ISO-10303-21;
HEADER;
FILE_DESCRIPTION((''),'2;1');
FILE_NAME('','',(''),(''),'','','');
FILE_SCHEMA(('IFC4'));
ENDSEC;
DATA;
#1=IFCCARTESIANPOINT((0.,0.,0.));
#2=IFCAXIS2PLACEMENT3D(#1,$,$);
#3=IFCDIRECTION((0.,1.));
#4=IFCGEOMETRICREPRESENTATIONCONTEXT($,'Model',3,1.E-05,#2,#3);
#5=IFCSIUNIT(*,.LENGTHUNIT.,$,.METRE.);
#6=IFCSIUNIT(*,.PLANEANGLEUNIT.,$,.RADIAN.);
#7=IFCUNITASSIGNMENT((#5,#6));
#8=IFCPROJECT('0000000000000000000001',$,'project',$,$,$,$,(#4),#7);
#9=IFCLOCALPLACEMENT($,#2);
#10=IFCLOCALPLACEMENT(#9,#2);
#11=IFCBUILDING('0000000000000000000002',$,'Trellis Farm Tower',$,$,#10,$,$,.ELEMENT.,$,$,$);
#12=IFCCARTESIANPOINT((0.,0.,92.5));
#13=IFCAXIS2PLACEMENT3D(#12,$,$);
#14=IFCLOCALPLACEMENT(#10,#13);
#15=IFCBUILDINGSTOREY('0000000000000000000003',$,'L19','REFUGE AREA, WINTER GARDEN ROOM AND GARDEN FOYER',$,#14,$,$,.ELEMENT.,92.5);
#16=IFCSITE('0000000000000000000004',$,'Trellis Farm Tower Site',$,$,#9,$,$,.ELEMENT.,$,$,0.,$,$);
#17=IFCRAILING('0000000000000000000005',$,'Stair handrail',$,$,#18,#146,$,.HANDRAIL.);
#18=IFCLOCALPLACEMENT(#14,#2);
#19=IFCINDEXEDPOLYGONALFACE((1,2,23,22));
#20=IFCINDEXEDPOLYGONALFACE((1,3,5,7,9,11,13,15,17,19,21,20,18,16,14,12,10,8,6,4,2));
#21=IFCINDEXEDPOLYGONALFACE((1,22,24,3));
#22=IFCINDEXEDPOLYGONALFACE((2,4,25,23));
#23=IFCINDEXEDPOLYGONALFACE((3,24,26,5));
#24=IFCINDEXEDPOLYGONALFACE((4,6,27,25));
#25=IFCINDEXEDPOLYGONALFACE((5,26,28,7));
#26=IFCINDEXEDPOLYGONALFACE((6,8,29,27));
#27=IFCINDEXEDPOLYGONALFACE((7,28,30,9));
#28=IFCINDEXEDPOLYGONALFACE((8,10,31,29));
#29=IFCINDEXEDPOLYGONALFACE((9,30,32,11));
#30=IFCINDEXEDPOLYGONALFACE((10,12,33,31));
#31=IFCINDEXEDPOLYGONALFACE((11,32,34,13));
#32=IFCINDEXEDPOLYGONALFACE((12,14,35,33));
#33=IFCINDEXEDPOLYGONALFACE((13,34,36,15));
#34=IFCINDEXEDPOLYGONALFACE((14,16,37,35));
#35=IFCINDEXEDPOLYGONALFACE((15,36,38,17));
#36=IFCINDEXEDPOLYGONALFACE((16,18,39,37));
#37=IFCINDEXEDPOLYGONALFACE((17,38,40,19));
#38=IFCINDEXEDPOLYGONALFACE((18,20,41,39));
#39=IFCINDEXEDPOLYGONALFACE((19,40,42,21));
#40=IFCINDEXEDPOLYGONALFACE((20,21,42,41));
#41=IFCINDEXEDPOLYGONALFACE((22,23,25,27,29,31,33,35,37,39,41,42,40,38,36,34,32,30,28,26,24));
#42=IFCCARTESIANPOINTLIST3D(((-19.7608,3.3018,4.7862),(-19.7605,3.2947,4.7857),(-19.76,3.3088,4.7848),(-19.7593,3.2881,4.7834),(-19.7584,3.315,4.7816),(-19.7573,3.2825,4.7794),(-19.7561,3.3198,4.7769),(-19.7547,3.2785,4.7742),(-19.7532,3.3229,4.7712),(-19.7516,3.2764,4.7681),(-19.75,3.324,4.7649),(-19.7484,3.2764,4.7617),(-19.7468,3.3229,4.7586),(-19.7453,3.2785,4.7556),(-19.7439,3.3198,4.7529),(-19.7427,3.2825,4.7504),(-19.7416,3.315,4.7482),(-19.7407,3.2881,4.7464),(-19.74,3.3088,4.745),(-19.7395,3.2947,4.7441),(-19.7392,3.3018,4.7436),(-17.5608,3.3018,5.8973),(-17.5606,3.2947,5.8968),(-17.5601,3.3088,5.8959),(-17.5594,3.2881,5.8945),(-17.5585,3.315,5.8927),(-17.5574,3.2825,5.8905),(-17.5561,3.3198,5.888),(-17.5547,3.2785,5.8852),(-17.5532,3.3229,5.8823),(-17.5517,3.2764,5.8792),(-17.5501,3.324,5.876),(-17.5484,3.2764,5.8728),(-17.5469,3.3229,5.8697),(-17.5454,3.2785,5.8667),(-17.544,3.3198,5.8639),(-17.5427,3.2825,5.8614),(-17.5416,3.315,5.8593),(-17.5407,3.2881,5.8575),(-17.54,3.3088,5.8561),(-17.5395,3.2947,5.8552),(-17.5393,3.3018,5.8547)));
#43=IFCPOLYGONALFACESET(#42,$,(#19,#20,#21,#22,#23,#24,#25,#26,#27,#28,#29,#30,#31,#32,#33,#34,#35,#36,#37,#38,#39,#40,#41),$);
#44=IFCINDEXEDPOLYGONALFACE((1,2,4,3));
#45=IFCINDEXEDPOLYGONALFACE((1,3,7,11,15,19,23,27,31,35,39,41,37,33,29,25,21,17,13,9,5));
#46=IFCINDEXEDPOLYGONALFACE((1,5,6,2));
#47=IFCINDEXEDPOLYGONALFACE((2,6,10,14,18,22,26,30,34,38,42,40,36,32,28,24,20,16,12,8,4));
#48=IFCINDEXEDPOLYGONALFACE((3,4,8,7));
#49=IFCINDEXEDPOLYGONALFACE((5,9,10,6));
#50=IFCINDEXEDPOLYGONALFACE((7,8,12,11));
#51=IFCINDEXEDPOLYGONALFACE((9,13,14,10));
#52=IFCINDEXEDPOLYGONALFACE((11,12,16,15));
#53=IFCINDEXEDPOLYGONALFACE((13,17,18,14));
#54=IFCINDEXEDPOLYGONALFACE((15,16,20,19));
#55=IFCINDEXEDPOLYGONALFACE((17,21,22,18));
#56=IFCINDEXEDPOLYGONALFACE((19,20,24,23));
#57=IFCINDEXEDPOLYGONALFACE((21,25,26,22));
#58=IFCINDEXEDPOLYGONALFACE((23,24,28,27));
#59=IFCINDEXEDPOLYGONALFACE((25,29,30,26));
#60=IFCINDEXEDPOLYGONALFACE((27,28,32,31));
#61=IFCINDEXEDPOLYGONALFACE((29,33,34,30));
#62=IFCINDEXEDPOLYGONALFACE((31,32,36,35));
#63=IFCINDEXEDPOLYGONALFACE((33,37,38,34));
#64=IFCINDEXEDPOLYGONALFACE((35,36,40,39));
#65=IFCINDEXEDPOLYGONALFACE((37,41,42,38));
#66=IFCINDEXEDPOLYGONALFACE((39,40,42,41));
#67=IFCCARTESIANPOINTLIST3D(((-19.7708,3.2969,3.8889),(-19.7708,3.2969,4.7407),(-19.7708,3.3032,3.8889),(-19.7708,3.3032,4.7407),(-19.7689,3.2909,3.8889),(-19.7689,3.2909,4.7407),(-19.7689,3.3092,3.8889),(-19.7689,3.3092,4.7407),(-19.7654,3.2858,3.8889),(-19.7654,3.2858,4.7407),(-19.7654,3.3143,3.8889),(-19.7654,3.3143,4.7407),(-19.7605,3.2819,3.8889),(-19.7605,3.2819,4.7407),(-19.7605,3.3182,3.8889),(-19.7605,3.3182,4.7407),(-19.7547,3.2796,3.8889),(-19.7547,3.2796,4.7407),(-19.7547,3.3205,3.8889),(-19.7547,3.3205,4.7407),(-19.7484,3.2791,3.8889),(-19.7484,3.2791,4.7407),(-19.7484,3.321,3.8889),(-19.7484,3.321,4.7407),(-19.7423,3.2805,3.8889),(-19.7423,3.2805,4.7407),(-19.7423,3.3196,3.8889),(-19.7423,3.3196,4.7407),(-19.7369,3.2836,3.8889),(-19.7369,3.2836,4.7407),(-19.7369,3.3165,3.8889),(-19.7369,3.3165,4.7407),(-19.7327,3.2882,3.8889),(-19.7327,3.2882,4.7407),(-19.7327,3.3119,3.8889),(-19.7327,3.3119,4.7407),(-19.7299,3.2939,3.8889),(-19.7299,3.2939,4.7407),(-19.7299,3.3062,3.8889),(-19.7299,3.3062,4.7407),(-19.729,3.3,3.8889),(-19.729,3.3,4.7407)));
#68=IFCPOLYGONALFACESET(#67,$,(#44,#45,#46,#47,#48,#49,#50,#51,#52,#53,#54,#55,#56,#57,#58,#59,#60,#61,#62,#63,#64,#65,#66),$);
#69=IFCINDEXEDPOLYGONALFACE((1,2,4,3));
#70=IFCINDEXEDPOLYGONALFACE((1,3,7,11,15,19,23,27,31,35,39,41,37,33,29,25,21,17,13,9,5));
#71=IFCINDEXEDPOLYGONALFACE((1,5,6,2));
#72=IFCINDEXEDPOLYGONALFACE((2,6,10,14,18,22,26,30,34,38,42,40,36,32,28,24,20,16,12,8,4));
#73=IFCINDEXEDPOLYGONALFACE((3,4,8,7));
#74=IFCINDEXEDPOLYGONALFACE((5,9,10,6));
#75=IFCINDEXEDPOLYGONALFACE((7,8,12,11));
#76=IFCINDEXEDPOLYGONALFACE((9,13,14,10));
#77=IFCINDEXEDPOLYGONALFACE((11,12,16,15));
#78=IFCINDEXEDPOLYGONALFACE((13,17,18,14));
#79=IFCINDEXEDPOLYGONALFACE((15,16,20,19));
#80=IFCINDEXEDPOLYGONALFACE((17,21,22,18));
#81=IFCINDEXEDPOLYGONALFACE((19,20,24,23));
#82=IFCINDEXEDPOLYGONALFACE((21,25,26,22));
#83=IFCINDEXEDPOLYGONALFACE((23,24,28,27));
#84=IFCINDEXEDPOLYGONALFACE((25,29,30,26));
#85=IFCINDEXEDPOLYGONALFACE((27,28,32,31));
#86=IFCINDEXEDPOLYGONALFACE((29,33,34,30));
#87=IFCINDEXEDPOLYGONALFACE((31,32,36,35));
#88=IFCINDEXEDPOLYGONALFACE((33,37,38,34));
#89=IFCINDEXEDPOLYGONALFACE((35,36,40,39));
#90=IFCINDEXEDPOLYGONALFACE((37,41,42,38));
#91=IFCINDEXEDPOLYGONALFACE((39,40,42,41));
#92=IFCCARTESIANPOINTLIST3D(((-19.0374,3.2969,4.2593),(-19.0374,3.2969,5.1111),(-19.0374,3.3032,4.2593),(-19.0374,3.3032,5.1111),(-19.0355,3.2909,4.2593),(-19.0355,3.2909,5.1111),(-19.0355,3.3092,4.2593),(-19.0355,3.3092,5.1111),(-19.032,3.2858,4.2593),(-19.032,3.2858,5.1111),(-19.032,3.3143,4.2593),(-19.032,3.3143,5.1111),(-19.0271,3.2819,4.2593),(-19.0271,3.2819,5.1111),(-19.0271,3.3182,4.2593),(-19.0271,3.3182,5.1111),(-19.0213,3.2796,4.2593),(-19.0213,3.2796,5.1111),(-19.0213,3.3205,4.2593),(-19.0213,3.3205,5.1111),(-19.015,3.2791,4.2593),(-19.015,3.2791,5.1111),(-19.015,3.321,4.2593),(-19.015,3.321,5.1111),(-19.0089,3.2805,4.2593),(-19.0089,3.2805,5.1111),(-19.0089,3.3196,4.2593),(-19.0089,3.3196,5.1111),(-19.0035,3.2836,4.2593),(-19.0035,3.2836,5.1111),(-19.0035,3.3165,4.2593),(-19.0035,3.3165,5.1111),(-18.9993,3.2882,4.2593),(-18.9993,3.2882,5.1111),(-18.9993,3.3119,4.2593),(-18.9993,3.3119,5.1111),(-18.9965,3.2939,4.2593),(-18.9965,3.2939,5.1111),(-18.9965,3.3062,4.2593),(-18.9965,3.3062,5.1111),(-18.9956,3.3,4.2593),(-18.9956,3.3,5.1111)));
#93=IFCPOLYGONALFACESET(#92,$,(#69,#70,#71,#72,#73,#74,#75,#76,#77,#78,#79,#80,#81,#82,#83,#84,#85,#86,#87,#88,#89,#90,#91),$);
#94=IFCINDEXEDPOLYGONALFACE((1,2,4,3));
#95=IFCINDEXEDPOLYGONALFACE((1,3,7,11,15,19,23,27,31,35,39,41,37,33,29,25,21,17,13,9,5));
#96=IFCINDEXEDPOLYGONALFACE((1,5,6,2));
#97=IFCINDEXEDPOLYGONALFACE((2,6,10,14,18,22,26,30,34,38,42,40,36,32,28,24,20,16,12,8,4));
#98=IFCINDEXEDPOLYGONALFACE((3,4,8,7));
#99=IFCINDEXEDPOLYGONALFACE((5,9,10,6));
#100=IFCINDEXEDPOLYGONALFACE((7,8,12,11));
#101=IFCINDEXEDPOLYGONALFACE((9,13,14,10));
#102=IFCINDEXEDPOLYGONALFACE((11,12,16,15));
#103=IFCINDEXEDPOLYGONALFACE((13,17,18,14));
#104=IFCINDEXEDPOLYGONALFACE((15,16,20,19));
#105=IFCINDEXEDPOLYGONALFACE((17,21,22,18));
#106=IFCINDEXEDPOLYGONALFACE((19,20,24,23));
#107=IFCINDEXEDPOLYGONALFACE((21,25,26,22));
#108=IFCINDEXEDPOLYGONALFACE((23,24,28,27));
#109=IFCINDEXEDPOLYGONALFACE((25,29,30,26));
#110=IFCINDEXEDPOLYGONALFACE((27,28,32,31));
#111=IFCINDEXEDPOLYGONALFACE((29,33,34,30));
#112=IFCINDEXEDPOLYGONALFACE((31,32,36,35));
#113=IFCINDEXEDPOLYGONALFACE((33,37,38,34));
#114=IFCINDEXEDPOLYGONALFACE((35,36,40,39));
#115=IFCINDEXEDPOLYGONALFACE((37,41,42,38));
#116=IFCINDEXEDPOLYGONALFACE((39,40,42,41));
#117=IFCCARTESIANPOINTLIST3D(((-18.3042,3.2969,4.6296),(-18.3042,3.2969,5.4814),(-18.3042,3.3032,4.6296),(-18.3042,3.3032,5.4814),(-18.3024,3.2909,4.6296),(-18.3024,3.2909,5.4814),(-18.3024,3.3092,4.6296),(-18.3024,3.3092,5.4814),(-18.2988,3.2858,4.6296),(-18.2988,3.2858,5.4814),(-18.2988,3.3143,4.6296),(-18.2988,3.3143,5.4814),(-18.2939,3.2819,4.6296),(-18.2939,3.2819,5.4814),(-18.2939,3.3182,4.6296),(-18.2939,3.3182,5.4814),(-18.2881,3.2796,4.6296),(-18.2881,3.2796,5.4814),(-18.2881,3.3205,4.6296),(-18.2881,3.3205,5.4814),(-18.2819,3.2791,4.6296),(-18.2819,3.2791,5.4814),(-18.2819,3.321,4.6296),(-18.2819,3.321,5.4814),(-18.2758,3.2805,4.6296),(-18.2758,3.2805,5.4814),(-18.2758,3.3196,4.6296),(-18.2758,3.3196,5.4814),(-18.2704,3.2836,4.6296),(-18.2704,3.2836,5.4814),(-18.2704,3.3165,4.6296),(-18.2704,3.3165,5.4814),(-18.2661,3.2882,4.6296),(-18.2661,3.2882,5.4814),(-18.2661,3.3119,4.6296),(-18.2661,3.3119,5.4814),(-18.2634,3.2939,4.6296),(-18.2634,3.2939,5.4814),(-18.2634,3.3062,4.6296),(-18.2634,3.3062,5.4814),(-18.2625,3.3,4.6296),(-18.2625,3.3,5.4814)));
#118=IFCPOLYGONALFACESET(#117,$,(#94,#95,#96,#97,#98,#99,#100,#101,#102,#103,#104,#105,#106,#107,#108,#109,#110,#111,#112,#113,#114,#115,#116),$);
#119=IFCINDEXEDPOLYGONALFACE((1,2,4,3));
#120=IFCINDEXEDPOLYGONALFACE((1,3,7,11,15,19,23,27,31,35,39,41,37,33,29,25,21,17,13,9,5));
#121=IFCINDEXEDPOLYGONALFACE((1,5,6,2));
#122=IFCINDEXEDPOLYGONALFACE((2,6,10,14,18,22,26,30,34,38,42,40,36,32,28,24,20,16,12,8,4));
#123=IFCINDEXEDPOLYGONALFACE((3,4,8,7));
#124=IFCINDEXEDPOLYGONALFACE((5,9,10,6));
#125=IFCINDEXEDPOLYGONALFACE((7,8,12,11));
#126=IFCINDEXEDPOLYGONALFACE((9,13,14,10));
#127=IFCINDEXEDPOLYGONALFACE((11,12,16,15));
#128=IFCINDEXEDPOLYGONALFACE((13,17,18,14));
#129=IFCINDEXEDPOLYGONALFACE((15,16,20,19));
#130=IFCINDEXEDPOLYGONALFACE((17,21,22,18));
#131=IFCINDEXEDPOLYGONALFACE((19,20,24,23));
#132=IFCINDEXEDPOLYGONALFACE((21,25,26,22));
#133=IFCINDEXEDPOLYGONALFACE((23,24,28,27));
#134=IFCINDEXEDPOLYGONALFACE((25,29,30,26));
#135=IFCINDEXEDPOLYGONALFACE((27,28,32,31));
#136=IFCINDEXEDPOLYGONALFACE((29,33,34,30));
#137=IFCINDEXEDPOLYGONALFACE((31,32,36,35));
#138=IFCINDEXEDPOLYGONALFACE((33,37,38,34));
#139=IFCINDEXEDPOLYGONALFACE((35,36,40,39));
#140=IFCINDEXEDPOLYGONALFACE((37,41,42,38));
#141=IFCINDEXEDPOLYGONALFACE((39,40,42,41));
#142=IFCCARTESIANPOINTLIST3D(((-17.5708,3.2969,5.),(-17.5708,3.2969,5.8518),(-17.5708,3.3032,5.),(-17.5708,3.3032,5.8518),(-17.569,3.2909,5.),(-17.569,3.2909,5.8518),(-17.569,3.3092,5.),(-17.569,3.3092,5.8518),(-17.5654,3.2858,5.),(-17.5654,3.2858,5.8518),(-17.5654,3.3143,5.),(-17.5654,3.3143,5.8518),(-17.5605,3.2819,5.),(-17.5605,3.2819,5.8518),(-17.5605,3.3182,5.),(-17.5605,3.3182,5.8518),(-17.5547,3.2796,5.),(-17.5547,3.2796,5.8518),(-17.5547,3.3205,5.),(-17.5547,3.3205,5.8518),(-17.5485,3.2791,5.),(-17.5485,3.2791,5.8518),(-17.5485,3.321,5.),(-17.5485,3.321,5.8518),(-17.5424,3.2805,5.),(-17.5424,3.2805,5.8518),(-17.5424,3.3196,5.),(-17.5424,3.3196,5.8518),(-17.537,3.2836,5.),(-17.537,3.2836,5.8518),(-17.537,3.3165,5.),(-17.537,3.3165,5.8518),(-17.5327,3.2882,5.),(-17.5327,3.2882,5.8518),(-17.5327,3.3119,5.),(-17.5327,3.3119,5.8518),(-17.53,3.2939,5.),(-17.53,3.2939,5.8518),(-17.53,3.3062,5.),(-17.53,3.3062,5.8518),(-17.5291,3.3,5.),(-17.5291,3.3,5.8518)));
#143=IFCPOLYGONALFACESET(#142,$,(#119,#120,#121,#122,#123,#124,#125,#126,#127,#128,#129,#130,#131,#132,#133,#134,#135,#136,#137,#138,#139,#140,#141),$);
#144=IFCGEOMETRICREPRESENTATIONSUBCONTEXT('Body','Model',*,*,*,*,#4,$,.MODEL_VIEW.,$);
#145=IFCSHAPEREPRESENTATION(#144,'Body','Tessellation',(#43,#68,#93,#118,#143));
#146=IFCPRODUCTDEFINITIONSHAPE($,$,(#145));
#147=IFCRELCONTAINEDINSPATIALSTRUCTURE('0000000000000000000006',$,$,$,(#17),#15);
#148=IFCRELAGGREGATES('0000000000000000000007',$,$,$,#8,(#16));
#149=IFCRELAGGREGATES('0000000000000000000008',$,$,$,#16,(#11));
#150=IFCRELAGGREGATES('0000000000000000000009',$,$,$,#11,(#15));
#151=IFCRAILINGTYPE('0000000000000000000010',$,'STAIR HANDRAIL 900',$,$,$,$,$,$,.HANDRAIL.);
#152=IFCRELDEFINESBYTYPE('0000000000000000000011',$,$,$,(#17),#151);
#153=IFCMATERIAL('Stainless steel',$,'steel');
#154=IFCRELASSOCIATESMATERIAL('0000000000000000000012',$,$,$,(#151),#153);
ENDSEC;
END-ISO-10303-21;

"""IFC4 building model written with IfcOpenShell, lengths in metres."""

from ifc_helpers import new_model, si_unit, direction, frame, origin, origin_2d, place, context, subcontext, project, spatial, circle, extrude, source, transform, mapped, material, type_object, element, save


model = new_model("IFC4")

# Units and contexts
model_context = context("Model", 3, precision=1e-05, world=origin(), true_north=direction((0.0, 1.0)))
body_context = subcontext(model_context, "Body", "Model", "MODEL_VIEW")
ifc_project = project(units=[si_unit("LENGTHUNIT", "METRE"), si_unit("PLANEANGLEUNIT", "RADIAN")], contexts=[model_context])

# Site, building, storey
site_placement = place(None, origin())
site = spatial("IfcSite", under=ifc_project, at=site_placement, Name="Trellis Farm Tower Site", CompositionType="ELEMENT", RefElevation=0.0)
building_placement = place(site_placement, origin())
building = spatial("IfcBuilding", under=site, at=building_placement, Name="Trellis Farm Tower", CompositionType="ELEMENT")
storey_placement = place(building_placement, frame((0.0, 0.0, 92.5)))
storey = spatial("IfcBuildingStorey", under=building, at=storey_placement, Name="L19", Description="REFUGE AREA, WINTER GARDEN ROOM AND GARDEN FOYER", CompositionType="ELEMENT", Elevation=92.5)

# Railing
ifc_material_1 = material(Name="Stainless steel", Category="steel")
railing_type = type_object("IfcRailingType", Name="STAIR HANDRAIL 900", PredefinedType="HANDRAIL", material=ifc_material_1)
shared_shape_1 = source(origin(), body_context, "Body", "SweptSolid", [
    extrude(circle(Radius=0.0239, at=origin_2d()), frame((0.0, 0.0, 0.876), z_axis=(0.892617, 0.0, 0.450816), x_axis=(0.0, 1.0, 0.0)), (0.0, 0.0, 1.0), 2.4646),
    extrude(circle(Radius=0.021, at=origin_2d()), origin(), (0.0, 0.0, 1.0), 0.8518),
    extrude(circle(Radius=0.021, at=origin_2d()), frame((0.7334, 0.0, 0.3704)), (0.0, 0.0, 1.0), 0.8518),
    extrude(circle(Radius=0.021, at=origin_2d()), frame((1.4666, 0.0, 0.7407)), (0.0, 0.0, 1.0), 0.8518),
    extrude(circle(Radius=0.021, at=origin_2d()), frame((2.2, 0.0, 1.1111)), (0.0, 0.0, 1.0), 0.8518),
])
for number, where, name in (
    (1, (-19.75, 3.3, 3.8889), "Stair handrail"),
):
    element("IfcRailing", number, at=place(storey_placement, frame(where)), inside=storey, type_object=railing_type, Name=name, PredefinedType="HANDRAIL", context=body_context, shape_type="MappedRepresentation", body=[
        mapped(shared_shape_1, transform((0.0, 0.0, 0.0))),
    ])

save(model, "model.ifc")
